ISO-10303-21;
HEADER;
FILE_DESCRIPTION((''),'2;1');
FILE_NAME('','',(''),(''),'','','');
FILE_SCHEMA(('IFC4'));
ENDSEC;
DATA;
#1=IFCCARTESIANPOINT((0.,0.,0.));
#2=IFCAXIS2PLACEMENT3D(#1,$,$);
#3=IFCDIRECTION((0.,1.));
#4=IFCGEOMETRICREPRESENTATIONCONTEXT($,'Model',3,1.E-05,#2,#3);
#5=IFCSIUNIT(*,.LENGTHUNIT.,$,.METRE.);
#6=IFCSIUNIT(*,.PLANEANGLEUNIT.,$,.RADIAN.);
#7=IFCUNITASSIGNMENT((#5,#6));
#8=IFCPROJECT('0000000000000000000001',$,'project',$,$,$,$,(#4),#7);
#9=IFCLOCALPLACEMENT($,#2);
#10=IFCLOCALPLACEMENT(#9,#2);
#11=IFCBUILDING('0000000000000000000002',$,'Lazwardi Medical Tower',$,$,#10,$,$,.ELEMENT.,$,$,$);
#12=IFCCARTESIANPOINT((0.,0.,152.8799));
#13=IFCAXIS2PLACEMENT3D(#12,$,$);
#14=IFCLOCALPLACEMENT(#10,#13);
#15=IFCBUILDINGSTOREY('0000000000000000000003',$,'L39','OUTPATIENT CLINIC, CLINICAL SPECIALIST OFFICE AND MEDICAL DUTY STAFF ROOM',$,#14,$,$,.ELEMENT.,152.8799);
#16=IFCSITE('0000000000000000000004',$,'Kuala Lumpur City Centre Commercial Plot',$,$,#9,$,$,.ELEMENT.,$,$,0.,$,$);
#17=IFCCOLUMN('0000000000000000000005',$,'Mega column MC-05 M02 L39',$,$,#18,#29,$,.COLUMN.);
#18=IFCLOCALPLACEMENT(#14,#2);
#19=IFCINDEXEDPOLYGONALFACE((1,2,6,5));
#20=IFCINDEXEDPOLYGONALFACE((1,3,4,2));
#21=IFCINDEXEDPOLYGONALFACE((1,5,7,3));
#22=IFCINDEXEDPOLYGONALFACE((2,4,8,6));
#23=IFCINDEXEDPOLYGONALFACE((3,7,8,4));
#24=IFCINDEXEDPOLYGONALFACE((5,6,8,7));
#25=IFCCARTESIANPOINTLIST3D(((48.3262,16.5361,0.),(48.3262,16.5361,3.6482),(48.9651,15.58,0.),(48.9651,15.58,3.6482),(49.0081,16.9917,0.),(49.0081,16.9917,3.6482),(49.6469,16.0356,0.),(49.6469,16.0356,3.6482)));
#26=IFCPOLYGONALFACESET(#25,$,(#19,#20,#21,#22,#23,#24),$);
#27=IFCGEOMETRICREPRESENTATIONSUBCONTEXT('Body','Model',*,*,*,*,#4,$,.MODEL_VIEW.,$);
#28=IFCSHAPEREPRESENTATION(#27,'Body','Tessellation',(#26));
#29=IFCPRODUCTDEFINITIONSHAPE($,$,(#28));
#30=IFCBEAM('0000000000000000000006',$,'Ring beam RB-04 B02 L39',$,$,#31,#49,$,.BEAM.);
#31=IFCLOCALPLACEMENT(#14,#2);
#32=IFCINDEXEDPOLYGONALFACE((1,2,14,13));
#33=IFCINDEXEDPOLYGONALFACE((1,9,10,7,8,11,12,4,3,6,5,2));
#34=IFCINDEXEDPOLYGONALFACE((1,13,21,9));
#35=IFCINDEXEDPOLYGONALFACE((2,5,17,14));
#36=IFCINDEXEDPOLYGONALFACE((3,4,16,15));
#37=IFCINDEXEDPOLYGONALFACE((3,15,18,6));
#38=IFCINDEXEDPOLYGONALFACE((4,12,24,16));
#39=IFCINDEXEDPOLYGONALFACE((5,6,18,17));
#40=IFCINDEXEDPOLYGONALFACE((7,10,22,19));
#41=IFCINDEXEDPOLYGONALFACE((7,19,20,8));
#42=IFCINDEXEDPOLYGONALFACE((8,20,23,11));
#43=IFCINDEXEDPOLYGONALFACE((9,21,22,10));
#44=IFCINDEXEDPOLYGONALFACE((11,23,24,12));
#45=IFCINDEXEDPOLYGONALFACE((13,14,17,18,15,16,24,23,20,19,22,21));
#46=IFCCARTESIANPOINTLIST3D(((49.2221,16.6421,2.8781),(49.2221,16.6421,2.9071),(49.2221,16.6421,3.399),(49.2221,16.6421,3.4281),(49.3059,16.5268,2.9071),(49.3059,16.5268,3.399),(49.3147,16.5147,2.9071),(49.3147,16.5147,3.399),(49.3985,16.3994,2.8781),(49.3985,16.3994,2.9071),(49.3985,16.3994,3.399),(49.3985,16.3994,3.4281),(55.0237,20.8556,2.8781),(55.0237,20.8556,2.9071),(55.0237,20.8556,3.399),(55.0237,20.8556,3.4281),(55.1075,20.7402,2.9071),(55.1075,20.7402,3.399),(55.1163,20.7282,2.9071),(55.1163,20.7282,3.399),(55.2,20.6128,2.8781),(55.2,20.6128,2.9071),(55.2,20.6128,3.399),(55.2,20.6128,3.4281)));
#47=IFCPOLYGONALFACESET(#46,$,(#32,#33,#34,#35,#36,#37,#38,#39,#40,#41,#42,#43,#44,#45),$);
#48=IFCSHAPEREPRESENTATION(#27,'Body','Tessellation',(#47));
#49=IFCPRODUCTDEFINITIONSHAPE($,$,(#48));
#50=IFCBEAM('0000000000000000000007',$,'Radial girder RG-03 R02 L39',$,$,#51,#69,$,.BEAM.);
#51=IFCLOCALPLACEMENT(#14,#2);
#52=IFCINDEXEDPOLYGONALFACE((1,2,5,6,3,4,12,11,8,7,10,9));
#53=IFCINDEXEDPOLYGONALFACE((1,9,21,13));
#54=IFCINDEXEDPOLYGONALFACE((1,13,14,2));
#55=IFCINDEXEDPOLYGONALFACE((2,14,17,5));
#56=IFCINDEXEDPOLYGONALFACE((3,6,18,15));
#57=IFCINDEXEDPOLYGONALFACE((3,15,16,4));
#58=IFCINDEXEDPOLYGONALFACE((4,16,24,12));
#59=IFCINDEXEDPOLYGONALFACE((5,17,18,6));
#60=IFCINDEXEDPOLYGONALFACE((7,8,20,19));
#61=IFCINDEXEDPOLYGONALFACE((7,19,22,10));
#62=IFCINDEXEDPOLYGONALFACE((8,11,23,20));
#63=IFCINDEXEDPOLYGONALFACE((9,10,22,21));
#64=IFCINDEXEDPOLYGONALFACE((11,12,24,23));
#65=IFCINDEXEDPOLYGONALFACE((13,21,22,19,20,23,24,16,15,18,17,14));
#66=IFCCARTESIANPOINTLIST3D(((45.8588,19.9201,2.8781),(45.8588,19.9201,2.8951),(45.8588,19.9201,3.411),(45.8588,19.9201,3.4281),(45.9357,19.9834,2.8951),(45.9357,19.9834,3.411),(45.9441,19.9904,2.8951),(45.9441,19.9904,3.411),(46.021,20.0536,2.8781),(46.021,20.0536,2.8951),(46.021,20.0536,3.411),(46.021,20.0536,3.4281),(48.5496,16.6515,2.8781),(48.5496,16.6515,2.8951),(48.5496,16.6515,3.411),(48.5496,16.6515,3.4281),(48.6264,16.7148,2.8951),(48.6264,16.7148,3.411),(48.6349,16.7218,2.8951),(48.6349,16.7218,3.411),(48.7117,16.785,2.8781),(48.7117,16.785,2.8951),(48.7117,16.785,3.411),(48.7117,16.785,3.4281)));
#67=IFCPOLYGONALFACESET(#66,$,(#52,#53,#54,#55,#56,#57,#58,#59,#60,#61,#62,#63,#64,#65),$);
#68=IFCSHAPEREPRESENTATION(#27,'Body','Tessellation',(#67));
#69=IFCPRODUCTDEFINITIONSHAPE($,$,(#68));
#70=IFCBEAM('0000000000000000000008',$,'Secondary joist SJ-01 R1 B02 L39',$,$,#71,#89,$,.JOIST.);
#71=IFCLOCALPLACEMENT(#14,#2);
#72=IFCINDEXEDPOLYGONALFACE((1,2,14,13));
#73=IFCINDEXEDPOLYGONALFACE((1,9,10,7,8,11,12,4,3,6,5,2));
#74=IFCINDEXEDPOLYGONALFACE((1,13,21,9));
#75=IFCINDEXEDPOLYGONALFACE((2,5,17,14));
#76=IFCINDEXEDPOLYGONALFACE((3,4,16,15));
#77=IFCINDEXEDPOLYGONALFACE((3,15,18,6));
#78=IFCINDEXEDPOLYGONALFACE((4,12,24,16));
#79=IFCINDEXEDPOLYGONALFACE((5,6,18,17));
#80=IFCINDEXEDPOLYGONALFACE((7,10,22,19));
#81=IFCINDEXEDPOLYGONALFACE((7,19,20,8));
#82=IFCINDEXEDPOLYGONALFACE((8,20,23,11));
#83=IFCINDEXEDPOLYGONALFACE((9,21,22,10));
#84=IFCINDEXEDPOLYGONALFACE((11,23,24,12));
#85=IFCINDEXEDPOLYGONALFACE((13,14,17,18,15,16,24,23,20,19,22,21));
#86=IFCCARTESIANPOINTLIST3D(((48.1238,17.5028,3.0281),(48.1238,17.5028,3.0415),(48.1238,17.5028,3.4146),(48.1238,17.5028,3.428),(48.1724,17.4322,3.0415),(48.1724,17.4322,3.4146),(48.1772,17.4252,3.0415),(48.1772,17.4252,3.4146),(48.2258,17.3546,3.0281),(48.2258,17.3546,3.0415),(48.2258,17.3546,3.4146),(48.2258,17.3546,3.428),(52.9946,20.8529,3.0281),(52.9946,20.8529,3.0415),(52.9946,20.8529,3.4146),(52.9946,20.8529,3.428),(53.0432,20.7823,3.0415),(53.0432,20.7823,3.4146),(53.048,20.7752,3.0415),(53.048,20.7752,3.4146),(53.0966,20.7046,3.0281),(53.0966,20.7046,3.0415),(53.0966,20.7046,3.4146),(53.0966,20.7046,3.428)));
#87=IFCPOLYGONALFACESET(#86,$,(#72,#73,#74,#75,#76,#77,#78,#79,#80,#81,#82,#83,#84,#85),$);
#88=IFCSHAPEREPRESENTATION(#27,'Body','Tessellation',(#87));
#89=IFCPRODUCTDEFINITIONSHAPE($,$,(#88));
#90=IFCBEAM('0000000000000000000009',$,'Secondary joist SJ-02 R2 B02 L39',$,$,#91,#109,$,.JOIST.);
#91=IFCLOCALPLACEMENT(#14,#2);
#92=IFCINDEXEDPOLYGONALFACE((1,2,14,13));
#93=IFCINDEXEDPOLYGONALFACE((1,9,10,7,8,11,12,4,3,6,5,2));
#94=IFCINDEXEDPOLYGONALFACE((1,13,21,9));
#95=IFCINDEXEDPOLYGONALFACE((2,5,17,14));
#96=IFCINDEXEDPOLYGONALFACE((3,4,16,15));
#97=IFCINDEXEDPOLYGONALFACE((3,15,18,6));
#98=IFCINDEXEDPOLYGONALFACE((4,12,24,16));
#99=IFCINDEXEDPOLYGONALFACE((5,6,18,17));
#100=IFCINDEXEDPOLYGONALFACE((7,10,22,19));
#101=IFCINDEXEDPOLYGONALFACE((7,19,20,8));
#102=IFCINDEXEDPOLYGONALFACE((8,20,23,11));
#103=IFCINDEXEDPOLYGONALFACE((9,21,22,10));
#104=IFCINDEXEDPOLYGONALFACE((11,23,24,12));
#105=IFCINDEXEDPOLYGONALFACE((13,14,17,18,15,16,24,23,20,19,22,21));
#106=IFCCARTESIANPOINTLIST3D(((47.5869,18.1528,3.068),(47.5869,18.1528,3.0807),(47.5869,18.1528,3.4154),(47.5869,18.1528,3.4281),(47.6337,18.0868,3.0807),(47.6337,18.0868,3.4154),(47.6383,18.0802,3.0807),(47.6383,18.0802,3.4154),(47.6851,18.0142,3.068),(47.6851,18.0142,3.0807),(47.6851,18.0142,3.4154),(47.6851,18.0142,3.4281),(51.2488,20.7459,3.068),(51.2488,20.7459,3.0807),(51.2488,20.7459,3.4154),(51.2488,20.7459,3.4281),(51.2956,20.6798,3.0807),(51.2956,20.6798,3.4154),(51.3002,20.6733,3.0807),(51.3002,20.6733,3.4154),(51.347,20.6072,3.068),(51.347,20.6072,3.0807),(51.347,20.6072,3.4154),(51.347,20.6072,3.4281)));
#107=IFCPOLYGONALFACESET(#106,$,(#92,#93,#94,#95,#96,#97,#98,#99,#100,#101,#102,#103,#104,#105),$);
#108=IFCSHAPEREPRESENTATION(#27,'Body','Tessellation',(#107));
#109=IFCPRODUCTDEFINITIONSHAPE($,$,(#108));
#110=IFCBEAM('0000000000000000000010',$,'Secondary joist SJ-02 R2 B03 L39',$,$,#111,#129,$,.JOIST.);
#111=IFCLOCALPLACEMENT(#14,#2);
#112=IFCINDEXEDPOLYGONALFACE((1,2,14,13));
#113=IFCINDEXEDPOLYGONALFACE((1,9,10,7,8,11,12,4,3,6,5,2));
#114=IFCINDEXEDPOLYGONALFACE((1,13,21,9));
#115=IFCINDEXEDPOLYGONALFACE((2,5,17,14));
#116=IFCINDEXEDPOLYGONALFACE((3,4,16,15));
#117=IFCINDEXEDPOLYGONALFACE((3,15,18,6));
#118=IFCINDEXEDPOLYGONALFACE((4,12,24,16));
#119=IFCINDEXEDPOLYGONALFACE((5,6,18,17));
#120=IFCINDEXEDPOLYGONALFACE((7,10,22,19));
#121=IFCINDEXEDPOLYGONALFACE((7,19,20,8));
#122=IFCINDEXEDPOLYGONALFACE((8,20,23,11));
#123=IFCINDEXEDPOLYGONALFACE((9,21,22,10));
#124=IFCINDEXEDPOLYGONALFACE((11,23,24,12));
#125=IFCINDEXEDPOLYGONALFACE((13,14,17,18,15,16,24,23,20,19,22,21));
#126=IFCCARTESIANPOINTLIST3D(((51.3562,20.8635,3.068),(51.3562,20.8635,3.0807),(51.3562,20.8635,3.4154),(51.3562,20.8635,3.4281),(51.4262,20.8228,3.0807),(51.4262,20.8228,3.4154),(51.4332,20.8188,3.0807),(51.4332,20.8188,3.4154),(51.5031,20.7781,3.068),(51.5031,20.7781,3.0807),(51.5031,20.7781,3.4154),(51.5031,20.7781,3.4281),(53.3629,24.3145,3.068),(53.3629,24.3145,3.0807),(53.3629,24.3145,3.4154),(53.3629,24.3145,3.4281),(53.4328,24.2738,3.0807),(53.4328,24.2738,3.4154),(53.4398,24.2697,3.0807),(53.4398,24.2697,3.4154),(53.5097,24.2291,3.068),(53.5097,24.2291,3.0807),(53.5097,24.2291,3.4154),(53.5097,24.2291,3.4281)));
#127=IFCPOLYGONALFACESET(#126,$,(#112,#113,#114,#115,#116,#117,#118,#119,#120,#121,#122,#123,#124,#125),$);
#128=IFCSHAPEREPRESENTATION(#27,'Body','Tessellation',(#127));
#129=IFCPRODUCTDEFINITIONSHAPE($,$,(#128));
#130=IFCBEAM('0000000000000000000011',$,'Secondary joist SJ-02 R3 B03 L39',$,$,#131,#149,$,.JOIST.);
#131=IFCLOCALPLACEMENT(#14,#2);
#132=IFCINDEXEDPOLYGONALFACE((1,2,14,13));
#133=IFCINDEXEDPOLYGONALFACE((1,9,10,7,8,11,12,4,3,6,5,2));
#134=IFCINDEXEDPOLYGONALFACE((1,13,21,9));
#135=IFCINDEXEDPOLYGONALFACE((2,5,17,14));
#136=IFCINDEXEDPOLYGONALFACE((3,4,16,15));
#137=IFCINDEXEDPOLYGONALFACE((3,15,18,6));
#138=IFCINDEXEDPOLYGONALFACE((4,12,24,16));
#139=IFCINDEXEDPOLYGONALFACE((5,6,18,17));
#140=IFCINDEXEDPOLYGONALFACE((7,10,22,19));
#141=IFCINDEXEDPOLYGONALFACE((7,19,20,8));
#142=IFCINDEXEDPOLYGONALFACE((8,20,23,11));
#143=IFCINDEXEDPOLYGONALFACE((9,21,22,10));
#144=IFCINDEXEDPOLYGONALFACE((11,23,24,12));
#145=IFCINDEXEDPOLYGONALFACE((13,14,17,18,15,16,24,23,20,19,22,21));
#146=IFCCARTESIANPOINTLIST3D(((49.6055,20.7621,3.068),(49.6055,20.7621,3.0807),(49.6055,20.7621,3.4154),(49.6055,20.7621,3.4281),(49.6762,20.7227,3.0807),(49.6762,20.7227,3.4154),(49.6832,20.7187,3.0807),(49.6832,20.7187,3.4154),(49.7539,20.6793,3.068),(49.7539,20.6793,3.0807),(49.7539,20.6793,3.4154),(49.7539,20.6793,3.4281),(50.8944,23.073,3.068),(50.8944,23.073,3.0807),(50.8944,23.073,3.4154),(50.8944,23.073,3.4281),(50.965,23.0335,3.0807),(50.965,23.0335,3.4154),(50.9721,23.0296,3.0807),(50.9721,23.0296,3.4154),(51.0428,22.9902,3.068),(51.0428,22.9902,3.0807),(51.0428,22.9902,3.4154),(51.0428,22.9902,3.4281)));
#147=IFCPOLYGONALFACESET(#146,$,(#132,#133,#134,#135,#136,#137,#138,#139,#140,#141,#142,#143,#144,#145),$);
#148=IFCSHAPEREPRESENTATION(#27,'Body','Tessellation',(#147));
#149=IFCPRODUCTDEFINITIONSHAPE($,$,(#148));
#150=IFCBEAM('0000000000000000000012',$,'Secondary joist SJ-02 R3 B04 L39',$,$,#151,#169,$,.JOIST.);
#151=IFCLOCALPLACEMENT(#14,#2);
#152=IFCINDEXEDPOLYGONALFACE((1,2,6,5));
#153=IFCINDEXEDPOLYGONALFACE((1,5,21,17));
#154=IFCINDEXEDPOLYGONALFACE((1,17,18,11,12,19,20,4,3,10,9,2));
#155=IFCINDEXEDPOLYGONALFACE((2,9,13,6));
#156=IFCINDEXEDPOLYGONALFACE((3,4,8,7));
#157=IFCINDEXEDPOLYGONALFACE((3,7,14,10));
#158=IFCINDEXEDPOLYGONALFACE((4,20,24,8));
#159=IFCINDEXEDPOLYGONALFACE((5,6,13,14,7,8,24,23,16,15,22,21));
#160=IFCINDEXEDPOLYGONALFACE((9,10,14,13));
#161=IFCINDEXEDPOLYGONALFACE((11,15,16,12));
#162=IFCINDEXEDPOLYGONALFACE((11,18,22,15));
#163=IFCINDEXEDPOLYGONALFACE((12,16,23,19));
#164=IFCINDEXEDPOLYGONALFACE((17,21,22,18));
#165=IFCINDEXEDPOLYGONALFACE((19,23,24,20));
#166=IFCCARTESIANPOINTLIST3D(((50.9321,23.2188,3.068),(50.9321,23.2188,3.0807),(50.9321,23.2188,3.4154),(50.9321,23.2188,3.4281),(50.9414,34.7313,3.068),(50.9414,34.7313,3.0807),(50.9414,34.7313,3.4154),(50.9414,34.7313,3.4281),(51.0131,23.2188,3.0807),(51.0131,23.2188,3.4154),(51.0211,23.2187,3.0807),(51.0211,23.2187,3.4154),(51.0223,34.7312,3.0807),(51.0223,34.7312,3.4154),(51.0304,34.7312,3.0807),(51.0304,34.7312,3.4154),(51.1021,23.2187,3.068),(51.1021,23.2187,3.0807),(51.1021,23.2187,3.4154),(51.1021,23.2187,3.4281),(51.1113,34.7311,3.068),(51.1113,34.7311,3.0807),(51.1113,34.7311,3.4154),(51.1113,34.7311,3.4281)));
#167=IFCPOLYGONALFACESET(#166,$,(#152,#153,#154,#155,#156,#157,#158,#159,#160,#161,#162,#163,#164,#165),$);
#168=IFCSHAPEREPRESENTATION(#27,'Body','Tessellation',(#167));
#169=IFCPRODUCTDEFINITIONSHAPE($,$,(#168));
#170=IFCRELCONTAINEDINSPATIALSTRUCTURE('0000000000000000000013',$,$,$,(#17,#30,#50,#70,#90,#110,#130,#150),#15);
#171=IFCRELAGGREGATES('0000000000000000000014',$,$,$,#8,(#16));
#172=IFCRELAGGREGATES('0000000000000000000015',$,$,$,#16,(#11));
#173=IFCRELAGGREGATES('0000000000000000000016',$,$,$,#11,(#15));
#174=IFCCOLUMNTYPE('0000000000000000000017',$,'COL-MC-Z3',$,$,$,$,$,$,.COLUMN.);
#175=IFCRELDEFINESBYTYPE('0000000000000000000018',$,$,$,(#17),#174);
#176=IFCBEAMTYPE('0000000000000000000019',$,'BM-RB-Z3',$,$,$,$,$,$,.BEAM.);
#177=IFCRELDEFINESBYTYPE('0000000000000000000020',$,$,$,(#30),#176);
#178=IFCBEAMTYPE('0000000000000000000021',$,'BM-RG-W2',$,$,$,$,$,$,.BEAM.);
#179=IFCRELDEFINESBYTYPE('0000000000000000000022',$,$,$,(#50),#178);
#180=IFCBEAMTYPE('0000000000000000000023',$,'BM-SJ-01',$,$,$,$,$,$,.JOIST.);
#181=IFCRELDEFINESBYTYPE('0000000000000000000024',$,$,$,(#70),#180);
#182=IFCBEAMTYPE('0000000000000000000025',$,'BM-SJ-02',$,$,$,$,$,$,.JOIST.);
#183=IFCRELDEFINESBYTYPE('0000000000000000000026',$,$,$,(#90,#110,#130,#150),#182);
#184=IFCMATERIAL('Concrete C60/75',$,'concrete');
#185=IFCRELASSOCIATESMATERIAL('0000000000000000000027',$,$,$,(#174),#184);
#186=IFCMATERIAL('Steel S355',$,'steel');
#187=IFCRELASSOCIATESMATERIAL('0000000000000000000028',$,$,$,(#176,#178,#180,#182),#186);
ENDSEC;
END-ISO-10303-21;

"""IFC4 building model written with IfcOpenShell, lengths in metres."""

from ifc_helpers import new_model, si_unit, direction, frame, origin, origin_2d, place, context, subcontext, project, spatial, rectangle, i_section, extrude, material, material_profile, profile_set, type_object, element, save


model = new_model("IFC4")

# Units and contexts
model_context = context("Model", 3, precision=1e-05, world=origin(), true_north=direction((0.0, 1.0)))
body_context = subcontext(model_context, "Body", "Model", "MODEL_VIEW")
ifc_project = project(units=[si_unit("LENGTHUNIT", "METRE"), si_unit("PLANEANGLEUNIT", "RADIAN")], contexts=[model_context])

# Site, building, storey
site_placement = place(None, origin())
site = spatial("IfcSite", under=ifc_project, at=site_placement, Name="Kuala Lumpur City Centre Commercial Plot", CompositionType="ELEMENT", RefElevation=0.0)
building_placement = place(site_placement, origin())
building = spatial("IfcBuilding", under=site, at=building_placement, Name="Lazwardi Medical Tower", CompositionType="ELEMENT")
storey_placement = place(building_placement, frame((0.0, 0.0, 152.8799)))
storey = spatial("IfcBuildingStorey", under=building, at=storey_placement, Name="L39", Description="OUTPATIENT CLINIC, CLINICAL SPECIALIST OFFICE AND MEDICAL DUTY STAFF ROOM", CompositionType="ELEMENT", Elevation=152.8799)

# Column
ifc_material_1 = material(Name="Concrete C60/75", Category="concrete")
ifc_material_profile_1 = material_profile(ifc_material_1, rectangle(XDim=1.1499, YDim=0.8201, at=origin_2d()), Name="CFT-RECT 1150x820")
ifc_profile_set_1 = profile_set([ifc_material_profile_1], Name="Concrete C60/75")
column_type = type_object("IfcColumnType", Name="COL-MC-Z3", PredefinedType="COLUMN", material=ifc_profile_set_1)
column_placement = place(storey_placement, frame((48.9866, 16.2859, 0.0), z_axis=(0.0, 0.0, 1.0), x_axis=(0.55557, -0.83147, 0.0)))
element("IfcColumn", 1, at=column_placement, inside=storey, type_object=column_type, Name="Mega column MC-05 M02 L39", PredefinedType="COLUMN", context=body_context, shape_type="SweptSolid", body=[
    extrude(rectangle(XDim=1.1499, YDim=0.8201, at=origin_2d()), origin(), (0.0, 0.0, 1.0), 3.6482),
])

# Beams
ifc_material_2 = material(Name="Steel S355", Category="steel")
ifc_material_profile_2 = material_profile(ifc_material_2, i_section(OverallWidth=0.3, OverallDepth=0.55, WebThickness=0.0149, FlangeThickness=0.0291, at=origin_2d()), Name="HEB 550")
ifc_profile_set_2 = profile_set([ifc_material_profile_2], Name="Steel S355")
beam_type_1 = type_object("IfcBeamType", Name="BM-RB-Z3", PredefinedType="BEAM", material=ifc_profile_set_2)
beam_1_placement = place(storey_placement, frame((49.3103, 16.5208, 3.1531), z_axis=(0.809128, 0.587633, 0.0), x_axis=(-0.587633, 0.809128, 0.0)))
element("IfcBeam", 2, at=beam_1_placement, inside=storey, type_object=beam_type_1, Name="Ring beam RB-04 B02 L39", PredefinedType="BEAM", context=body_context, shape_type="SweptSolid", body=[
    extrude(i_section(OverallWidth=0.3, OverallDepth=0.55, WebThickness=0.0149, FlangeThickness=0.0291, at=origin_2d()), origin(), (0.0, 0.0, 1.0), 7.1702),
])
ifc_material_profile_3 = material_profile(ifc_material_2, i_section(OverallWidth=0.21, OverallDepth=0.55, WebThickness=0.011, FlangeThickness=0.0171, at=origin_2d()), Name="IPE 550")
ifc_profile_set_3 = profile_set([ifc_material_profile_3], Name="Steel S355")
beam_type_2 = type_object("IfcBeamType", Name="BM-RG-W2", PredefinedType="BEAM", material=ifc_profile_set_3)
beam_2_placement = place(storey_placement, frame((48.6306, 16.7183, 3.1531), z_axis=(-0.635556, 0.772055, 0.0), x_axis=(-0.772055, -0.635556, 0.0)))
element("IfcBeam", 3, at=beam_2_placement, inside=storey, type_object=beam_type_2, Name="Radial girder RG-03 R02 L39", PredefinedType="BEAM", context=body_context, shape_type="SweptSolid", body=[
    extrude(i_section(OverallWidth=0.21, OverallDepth=0.55, WebThickness=0.011, FlangeThickness=0.0171, at=origin_2d()), origin(), (0.0, 0.0, 1.0), 4.2336),
])
ifc_material_profile_4 = material_profile(ifc_material_2, i_section(OverallWidth=0.1799, OverallDepth=0.3999, WebThickness=0.0085, FlangeThickness=0.0134, at=origin_2d()), Name="IPE 400")
ifc_profile_set_4 = profile_set([ifc_material_profile_4], Name="Steel S355")
beam_type_3 = type_object("IfcBeamType", Name="BM-SJ-01", PredefinedType="JOIST", material=ifc_profile_set_4)
beam_3_placement = place(storey_placement, frame((48.1748, 17.4287, 3.228), z_axis=(0.823932, 0.566688, 0.0), x_axis=(-0.566688, 0.823932, 0.0)))
element("IfcBeam", 4, at=beam_3_placement, inside=storey, type_object=beam_type_3, Name="Secondary joist SJ-01 R1 B02 L39", PredefinedType="JOIST", context=body_context, shape_type="SweptSolid", body=[
    extrude(i_section(OverallWidth=0.1799, OverallDepth=0.3999, WebThickness=0.0085, FlangeThickness=0.0134, at=origin_2d()), origin(), (0.0, 0.0, 1.0), 5.9116),
])
ifc_material_profile_5 = material_profile(ifc_material_2, i_section(OverallWidth=0.1699, OverallDepth=0.3601, WebThickness=0.0081, FlangeThickness=0.0127, at=origin_2d()), Name="IPE 360")
ifc_profile_set_5 = profile_set([ifc_material_profile_5], Name="Steel S355")
beam_type_4 = type_object("IfcBeamType", Name="BM-SJ-02", PredefinedType="JOIST", material=ifc_profile_set_5)
beam_4_placement = place(storey_placement, frame((47.636, 18.0835, 3.248), z_axis=(0.816109, 0.577898, 0.0), x_axis=(-0.577898, 0.816109, 0.0)))
element("IfcBeam", 5, at=beam_4_placement, inside=storey, type_object=beam_type_4, Name="Secondary joist SJ-02 R2 B02 L39", PredefinedType="JOIST", context=body_context, shape_type="SweptSolid", body=[
    extrude(i_section(OverallWidth=0.1699, OverallDepth=0.3601, WebThickness=0.0081, FlangeThickness=0.0127, at=origin_2d()), origin(), (0.0, 0.0, 1.0), 4.4871),
])
beam_5_placement = place(storey_placement, frame((51.4297, 20.8208, 3.248), z_axis=(0.502665, 0.864481, 0.0), x_axis=(-0.864481, 0.502665, 0.0)))
element("IfcBeam", 6, at=beam_5_placement, inside=storey, type_object=beam_type_4, Name="Secondary joist SJ-02 R2 B03 L39", PredefinedType="JOIST", context=body_context, shape_type="SweptSolid", body=[
    extrude(i_section(OverallWidth=0.1699, OverallDepth=0.3601, WebThickness=0.0081, FlangeThickness=0.0127, at=origin_2d()), origin(), (0.0, 0.0, 1.0), 3.9919),
])
beam_6_placement = place(storey_placement, frame((49.6797, 20.7207, 3.248), z_axis=(0.487099, 0.873347, 0.0), x_axis=(-0.873347, 0.487099, 0.0)))
element("IfcBeam", 7, at=beam_6_placement, inside=storey, type_object=beam_type_4, Name="Secondary joist SJ-02 R3 B03 L39", PredefinedType="JOIST", context=body_context, shape_type="SweptSolid", body=[
    extrude(i_section(OverallWidth=0.1699, OverallDepth=0.3601, WebThickness=0.0081, FlangeThickness=0.0127, at=origin_2d()), origin(), (0.0, 0.0, 1.0), 2.646),
])
beam_7_placement = place(storey_placement, frame((51.0171, 23.2188, 3.248), z_axis=(0.000806, 1.0, 0.0), x_axis=(-1.0, 0.000806, 0.0)))
element("IfcBeam", 8, at=beam_7_placement, inside=storey, type_object=beam_type_4, Name="Secondary joist SJ-02 R3 B04 L39", PredefinedType="JOIST", context=body_context, shape_type="SweptSolid", body=[
    extrude(i_section(OverallWidth=0.1699, OverallDepth=0.3601, WebThickness=0.0081, FlangeThickness=0.0127, at=origin_2d()), origin(), (0.0, 0.0, 1.0), 11.5125),
])

save(model, "model.ifc")
